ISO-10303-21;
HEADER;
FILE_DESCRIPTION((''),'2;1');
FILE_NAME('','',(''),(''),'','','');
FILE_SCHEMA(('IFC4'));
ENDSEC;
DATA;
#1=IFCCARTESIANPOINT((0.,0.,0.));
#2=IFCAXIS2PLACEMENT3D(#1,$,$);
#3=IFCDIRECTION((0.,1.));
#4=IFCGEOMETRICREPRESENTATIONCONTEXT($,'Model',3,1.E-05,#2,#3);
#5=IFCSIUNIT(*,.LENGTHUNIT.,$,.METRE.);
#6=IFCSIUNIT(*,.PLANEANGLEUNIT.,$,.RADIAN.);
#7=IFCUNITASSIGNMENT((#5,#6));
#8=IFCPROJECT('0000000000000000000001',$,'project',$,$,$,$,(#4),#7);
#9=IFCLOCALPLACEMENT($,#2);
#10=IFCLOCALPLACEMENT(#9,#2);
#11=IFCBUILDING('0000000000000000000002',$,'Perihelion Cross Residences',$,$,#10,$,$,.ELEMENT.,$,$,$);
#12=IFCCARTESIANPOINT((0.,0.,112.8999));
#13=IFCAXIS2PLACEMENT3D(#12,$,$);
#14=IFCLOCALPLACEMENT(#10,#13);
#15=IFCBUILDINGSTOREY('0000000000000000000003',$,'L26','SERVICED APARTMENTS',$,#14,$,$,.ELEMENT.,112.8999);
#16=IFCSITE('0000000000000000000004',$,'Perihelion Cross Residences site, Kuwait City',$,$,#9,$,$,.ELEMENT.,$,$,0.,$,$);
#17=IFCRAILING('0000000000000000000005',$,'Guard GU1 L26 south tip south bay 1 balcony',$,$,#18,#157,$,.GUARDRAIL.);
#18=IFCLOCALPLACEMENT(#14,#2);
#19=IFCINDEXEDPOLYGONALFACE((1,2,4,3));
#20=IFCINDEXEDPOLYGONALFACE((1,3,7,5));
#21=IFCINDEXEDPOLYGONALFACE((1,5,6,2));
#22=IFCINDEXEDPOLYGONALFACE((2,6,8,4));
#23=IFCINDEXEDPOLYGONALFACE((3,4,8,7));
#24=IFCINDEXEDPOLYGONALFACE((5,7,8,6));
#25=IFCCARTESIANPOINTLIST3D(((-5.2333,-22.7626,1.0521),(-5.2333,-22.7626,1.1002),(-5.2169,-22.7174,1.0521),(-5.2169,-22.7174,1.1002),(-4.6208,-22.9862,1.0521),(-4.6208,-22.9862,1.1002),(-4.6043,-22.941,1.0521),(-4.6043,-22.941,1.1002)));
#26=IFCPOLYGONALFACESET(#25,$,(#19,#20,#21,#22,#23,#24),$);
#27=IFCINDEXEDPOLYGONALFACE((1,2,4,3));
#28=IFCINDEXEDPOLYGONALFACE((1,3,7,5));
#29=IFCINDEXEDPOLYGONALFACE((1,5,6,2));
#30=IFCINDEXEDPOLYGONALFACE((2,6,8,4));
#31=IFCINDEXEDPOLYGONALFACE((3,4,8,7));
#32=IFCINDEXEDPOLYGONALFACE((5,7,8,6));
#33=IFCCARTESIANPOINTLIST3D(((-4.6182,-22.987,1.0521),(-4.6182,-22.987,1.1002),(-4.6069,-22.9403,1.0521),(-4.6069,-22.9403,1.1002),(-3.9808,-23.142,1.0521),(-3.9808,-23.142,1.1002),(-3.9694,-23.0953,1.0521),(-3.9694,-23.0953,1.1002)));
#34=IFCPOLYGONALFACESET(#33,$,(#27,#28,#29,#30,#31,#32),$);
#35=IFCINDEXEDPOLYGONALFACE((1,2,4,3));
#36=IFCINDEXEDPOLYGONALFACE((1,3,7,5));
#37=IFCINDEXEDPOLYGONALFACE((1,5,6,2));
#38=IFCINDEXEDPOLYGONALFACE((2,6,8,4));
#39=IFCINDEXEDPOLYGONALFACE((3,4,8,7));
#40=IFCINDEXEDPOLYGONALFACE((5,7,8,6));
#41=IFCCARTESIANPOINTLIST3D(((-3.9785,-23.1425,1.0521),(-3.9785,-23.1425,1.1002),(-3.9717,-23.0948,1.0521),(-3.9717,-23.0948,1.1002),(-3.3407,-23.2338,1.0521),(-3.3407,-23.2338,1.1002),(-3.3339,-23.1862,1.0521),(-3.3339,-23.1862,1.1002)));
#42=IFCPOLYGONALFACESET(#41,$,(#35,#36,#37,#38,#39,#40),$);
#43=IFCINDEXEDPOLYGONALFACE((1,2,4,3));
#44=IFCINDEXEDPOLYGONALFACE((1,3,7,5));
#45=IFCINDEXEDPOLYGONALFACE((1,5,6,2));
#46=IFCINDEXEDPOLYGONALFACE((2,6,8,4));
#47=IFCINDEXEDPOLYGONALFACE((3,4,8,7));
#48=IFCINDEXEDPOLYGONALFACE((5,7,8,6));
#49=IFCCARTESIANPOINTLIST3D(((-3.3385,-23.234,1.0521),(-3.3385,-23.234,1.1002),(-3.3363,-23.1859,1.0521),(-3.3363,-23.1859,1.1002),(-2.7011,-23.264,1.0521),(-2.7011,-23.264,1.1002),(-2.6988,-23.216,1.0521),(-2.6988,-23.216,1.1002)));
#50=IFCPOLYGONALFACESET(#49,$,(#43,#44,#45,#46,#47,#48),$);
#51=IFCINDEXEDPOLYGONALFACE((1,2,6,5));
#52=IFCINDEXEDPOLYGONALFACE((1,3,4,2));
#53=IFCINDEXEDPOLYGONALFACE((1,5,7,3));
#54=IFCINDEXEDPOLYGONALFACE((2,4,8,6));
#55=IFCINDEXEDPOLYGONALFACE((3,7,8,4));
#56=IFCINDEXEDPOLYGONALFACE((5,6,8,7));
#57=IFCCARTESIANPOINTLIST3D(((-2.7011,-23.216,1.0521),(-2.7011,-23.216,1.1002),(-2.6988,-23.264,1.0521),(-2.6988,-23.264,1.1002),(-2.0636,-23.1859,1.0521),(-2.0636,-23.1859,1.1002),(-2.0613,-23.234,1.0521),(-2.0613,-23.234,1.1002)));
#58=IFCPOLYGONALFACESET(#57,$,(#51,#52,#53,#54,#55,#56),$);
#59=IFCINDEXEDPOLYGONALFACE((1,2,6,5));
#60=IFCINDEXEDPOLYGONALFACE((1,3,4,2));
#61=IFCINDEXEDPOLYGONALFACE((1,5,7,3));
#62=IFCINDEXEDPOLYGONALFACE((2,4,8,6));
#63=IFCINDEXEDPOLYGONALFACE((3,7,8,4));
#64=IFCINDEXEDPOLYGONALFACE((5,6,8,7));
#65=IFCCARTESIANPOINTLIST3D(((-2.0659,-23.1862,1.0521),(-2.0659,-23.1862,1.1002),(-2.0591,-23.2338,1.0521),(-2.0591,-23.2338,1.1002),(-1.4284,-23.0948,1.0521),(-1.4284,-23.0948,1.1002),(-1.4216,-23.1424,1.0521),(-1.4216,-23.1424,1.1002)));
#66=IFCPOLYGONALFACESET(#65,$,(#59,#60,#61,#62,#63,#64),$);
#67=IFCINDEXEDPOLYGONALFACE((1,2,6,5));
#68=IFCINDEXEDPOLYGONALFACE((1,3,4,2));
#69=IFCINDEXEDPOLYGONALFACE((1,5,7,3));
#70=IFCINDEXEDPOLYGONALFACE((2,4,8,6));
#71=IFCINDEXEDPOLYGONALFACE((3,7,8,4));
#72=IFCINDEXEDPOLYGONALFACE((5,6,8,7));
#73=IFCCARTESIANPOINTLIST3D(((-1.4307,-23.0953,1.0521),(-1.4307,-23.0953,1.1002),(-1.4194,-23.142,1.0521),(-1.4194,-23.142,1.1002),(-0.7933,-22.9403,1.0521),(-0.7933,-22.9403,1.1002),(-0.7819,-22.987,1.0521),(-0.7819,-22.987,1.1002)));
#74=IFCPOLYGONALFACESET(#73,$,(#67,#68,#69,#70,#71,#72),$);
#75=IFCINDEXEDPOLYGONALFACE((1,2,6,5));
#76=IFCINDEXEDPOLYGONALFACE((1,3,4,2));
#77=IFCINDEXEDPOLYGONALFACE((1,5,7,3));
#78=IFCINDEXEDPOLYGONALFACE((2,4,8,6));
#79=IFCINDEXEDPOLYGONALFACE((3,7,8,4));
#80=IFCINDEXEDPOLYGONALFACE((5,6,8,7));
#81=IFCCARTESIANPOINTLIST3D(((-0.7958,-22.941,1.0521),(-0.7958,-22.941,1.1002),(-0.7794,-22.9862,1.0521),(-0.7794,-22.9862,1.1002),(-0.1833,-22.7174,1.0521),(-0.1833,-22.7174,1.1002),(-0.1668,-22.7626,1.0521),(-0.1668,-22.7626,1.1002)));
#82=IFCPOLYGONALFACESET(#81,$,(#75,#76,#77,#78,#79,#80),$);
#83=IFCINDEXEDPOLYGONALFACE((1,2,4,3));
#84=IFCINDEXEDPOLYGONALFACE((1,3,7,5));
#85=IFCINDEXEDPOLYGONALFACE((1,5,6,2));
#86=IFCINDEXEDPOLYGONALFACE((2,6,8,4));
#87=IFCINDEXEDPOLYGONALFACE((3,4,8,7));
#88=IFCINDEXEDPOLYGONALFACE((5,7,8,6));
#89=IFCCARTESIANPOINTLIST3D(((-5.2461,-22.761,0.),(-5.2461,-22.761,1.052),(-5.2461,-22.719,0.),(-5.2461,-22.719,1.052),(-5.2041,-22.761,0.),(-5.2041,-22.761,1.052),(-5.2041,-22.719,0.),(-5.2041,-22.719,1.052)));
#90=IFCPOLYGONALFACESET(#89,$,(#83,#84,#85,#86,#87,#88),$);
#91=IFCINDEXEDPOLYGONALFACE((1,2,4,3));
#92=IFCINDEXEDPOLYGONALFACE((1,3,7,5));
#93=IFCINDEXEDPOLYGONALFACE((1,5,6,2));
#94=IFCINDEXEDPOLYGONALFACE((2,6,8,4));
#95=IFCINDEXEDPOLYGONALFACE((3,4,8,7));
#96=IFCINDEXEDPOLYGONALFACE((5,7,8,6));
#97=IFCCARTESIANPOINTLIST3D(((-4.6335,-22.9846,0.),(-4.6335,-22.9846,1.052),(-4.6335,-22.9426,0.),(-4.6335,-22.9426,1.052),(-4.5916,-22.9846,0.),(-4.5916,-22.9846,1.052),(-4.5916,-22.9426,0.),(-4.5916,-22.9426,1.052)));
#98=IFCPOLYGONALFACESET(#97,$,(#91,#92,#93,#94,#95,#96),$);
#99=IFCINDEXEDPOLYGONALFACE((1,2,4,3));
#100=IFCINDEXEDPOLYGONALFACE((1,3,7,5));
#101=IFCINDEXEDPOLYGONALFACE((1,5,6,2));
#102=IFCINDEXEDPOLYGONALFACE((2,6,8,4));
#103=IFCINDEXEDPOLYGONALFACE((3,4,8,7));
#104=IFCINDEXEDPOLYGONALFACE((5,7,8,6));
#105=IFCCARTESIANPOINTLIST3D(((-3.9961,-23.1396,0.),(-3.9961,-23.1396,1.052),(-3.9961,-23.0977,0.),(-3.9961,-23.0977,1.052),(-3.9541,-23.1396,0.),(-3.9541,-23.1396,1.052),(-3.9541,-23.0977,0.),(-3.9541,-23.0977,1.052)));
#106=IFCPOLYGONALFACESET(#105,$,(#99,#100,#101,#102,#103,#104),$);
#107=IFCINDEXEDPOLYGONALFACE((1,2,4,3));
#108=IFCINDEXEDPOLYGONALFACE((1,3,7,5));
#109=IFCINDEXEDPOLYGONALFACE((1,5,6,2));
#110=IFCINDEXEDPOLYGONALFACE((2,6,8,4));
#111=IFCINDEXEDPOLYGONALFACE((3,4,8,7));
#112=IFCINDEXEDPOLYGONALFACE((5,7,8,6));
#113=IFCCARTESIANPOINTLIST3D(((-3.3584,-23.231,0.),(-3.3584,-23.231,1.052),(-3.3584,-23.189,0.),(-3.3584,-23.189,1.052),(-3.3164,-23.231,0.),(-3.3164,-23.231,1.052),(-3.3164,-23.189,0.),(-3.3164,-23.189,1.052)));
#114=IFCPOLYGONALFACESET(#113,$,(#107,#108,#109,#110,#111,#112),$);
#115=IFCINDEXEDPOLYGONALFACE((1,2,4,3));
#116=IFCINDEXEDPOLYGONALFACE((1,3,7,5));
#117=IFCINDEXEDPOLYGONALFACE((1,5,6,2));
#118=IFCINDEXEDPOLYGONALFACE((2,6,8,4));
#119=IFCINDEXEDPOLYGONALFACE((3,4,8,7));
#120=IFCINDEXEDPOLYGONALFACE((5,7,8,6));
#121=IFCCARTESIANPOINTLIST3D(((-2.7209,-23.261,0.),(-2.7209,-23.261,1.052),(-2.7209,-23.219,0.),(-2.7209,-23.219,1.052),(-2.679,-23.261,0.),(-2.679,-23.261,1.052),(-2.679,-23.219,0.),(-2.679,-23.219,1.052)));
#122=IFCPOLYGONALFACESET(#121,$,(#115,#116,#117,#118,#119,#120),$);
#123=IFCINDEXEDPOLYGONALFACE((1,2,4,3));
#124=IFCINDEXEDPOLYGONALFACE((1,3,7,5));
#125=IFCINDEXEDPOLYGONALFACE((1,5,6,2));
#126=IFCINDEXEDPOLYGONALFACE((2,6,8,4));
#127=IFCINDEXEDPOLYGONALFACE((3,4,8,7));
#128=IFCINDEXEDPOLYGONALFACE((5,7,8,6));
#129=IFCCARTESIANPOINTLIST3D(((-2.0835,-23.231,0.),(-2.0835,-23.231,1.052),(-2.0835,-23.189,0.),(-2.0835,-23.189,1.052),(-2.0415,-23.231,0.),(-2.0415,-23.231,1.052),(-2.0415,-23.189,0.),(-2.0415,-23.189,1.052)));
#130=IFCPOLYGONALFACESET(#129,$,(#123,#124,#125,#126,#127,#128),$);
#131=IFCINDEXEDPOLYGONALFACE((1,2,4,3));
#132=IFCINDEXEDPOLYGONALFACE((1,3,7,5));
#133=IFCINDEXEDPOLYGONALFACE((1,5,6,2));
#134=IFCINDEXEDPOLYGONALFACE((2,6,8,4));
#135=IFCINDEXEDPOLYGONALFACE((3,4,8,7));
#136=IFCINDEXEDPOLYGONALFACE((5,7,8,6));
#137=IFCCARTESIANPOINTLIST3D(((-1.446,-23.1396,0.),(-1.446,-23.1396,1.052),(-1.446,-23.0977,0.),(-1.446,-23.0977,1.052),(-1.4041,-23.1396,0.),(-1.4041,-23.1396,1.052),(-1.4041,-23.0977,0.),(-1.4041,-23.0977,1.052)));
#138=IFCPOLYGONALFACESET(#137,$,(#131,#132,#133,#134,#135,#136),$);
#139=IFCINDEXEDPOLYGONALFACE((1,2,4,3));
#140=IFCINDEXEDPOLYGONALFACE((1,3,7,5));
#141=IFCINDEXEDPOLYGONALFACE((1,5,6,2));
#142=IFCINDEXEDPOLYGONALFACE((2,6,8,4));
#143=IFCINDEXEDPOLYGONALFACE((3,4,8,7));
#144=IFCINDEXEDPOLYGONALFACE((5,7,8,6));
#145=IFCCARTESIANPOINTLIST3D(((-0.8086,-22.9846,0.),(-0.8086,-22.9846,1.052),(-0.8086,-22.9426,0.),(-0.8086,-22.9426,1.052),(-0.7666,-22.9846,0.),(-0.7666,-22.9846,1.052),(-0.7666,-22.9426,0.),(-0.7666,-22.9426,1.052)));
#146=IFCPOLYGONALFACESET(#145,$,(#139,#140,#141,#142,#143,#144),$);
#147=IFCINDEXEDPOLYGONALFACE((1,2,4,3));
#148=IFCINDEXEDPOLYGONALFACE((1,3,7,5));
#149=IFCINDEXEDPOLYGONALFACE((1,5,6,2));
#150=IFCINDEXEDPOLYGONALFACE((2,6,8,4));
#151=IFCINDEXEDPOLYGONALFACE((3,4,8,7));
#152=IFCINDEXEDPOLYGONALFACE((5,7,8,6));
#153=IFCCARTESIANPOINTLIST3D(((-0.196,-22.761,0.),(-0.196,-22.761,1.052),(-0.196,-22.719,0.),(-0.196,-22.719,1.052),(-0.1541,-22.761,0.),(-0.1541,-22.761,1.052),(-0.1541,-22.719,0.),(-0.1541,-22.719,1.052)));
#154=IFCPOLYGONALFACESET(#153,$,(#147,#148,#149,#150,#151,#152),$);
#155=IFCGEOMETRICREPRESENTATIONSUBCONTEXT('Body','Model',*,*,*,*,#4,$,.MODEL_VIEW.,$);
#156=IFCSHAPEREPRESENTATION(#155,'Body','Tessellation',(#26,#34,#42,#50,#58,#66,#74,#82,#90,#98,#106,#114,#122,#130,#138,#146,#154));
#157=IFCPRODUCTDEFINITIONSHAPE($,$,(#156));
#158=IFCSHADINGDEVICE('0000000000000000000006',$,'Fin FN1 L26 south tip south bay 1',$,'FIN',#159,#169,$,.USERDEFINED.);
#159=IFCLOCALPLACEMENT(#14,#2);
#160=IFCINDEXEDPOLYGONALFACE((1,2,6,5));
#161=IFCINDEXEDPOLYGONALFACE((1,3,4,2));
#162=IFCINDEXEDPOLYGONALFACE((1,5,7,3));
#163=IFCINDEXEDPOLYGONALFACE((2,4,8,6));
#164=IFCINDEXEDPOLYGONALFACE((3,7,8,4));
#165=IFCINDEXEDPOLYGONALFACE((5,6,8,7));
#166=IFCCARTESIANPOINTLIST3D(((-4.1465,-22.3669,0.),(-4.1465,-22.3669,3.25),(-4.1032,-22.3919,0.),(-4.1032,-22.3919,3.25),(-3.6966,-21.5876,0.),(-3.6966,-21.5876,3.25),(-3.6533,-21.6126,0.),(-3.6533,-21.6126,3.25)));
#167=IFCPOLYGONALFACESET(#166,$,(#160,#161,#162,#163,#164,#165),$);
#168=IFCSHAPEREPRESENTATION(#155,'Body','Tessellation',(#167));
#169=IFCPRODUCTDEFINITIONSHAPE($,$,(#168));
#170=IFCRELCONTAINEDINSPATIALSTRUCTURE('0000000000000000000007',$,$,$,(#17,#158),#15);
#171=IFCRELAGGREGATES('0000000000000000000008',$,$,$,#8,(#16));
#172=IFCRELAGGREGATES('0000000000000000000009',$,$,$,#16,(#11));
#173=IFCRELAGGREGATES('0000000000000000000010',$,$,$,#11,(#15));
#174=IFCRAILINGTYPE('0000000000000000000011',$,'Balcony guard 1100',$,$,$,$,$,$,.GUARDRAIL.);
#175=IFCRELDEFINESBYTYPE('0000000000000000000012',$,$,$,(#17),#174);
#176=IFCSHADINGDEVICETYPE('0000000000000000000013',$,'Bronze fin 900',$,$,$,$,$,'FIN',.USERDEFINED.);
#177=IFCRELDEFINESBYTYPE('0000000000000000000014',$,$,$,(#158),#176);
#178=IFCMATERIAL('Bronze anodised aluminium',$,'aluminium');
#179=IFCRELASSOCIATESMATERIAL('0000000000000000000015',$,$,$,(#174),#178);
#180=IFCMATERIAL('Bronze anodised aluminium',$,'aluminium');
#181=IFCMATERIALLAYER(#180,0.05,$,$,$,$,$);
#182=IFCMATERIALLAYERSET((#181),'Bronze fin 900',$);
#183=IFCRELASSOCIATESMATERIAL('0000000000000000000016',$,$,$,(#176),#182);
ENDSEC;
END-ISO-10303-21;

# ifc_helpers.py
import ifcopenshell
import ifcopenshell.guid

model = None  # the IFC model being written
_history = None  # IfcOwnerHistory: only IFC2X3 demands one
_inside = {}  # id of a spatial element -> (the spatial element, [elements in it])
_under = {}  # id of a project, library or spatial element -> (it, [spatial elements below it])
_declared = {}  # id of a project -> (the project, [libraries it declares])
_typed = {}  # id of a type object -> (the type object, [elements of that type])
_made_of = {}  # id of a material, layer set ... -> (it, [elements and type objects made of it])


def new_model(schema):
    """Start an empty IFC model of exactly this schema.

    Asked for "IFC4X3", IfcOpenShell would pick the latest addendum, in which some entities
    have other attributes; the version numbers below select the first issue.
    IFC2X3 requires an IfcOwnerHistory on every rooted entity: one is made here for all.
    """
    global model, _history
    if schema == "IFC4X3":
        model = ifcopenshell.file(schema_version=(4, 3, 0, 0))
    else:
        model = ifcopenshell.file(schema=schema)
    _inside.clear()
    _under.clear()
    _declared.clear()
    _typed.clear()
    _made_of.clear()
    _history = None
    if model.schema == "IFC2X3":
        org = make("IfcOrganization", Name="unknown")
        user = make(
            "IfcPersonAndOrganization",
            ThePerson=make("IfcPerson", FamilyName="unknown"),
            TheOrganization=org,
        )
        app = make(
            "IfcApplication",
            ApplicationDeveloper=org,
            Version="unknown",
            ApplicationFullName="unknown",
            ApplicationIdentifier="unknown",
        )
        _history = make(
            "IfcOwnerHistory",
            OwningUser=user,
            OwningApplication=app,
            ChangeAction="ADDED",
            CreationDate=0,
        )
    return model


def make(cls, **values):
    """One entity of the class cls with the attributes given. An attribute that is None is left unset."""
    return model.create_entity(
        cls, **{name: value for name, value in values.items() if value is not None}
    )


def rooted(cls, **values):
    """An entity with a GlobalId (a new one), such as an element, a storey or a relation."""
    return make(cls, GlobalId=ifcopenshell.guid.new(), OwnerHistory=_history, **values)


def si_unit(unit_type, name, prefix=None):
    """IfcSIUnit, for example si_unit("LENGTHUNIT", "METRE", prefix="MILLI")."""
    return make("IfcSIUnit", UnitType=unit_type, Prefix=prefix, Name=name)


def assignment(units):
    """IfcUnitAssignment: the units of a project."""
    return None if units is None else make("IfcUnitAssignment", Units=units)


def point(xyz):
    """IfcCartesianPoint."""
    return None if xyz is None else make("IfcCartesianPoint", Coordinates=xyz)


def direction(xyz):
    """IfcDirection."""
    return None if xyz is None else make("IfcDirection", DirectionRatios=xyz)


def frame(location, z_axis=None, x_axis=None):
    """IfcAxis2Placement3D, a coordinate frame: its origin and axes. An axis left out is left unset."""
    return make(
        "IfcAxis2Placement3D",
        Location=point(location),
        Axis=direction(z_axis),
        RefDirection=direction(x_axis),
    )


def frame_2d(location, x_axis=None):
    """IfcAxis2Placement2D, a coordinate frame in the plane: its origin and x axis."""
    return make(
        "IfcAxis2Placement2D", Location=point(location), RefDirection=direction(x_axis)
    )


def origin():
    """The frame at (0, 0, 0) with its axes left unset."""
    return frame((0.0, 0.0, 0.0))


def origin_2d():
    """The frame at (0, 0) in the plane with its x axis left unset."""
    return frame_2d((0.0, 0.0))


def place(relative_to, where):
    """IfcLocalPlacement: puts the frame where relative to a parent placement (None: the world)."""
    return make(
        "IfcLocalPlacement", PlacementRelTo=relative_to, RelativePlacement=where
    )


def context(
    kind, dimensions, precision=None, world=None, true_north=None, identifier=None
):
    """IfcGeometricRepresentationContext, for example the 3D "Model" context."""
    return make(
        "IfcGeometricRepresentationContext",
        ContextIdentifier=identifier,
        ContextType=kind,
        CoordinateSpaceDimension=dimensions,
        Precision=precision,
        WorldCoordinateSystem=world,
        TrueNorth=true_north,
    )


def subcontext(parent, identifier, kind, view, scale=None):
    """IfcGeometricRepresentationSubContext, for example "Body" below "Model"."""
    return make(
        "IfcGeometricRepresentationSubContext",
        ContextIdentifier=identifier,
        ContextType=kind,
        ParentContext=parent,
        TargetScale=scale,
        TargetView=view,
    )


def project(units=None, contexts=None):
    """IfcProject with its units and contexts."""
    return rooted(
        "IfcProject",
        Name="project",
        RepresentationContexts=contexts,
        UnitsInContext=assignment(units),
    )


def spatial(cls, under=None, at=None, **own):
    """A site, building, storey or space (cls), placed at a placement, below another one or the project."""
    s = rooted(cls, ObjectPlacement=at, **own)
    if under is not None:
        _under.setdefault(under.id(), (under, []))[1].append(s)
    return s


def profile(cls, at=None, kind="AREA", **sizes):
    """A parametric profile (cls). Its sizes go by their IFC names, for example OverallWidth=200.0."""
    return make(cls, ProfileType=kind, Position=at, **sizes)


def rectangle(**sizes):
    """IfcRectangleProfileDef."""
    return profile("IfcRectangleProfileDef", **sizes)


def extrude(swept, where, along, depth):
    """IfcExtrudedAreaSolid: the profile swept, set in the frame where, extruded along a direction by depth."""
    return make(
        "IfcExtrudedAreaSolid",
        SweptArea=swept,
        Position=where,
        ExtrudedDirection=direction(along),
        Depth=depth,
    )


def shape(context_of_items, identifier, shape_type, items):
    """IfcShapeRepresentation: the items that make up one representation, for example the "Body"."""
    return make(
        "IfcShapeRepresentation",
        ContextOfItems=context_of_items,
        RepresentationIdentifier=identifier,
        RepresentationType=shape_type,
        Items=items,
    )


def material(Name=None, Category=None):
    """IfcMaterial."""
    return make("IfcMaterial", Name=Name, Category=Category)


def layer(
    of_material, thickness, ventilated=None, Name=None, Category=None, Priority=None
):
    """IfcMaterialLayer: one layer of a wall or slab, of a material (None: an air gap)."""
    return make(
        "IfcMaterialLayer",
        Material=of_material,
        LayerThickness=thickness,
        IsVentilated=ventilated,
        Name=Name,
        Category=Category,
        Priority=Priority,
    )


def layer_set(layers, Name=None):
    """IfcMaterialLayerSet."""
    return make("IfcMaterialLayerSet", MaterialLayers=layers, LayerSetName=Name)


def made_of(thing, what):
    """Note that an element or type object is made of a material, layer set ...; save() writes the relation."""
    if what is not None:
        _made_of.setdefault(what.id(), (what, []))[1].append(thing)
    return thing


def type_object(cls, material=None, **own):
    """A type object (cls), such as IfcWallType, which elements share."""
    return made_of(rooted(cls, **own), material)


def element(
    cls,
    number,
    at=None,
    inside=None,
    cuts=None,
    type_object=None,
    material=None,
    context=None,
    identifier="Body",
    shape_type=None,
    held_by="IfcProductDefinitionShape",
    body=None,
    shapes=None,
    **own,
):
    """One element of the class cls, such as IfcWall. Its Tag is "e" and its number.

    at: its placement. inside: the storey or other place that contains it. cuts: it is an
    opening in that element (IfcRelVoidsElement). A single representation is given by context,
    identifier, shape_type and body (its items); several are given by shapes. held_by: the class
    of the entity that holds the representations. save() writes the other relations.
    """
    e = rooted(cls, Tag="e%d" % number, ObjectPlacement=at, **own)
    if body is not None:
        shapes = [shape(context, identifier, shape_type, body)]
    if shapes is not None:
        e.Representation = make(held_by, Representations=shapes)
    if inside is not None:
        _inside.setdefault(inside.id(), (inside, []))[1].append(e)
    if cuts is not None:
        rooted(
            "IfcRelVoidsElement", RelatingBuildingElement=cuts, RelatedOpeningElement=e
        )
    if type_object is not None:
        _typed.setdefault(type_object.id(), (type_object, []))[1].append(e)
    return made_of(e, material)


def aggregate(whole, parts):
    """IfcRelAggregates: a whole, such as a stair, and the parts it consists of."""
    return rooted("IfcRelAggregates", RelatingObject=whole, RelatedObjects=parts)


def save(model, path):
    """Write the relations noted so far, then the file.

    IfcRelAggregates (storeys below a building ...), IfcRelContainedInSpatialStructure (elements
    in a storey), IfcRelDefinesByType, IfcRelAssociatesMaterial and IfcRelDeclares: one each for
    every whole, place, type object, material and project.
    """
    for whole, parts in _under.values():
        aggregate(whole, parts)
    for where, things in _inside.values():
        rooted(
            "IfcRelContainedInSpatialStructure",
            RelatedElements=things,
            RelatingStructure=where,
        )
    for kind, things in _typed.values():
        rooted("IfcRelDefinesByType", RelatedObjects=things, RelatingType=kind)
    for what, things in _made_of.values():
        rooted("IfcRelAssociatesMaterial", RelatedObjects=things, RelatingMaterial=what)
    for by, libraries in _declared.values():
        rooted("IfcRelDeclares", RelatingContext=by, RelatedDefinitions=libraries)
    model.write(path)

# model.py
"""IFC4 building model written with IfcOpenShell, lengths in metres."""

from ifc_helpers import new_model, si_unit, direction, frame, origin, origin_2d, place, context, subcontext, project, spatial, rectangle, extrude, material, layer, layer_set, type_object, element, save


model = new_model("IFC4")

# Units and contexts
model_context = context("Model", 3, precision=1e-05, world=origin(), true_north=direction((0.0, 1.0)))
body_context = subcontext(model_context, "Body", "Model", "MODEL_VIEW")
ifc_project = project(units=[si_unit("LENGTHUNIT", "METRE"), si_unit("PLANEANGLEUNIT", "RADIAN")], contexts=[model_context])

# Site, building, storey
site_placement = place(None, origin())
site = spatial("IfcSite", under=ifc_project, at=site_placement, Name="Perihelion Cross Residences site, Kuwait City", CompositionType="ELEMENT", RefElevation=0.0)
building_placement = place(site_placement, origin())
building = spatial("IfcBuilding", under=site, at=building_placement, Name="Perihelion Cross Residences", CompositionType="ELEMENT")
storey_placement = place(building_placement, frame((0.0, 0.0, 112.8999)))
storey = spatial("IfcBuildingStorey", under=building, at=storey_placement, Name="L26", Description="SERVICED APARTMENTS", CompositionType="ELEMENT", Elevation=112.8999)

# Railing
ifc_material_1 = material(Name="Bronze anodised aluminium", Category="aluminium")
railing_type = type_object("IfcRailingType", Name="Balcony guard 1100", PredefinedType="GUARDRAIL", material=ifc_material_1)
railing_1_placement = place(storey_placement, frame((-5.2251, -22.74, 0.0)))
element("IfcRailing", 1, at=railing_1_placement, inside=storey, type_object=railing_type, Name="Guard GU1 L26 south tip south bay 1 balcony", PredefinedType="GUARDRAIL", context=body_context, shape_type="SweptSolid", body=[
    extrude(rectangle(XDim=0.0481, YDim=0.0481, at=origin_2d()), frame((0.0, 0.0, 1.0762), z_axis=(0.939355, -0.342945, 0.0), x_axis=(0.342945, 0.939355, 0.0)), (0.0, 0.0, 1.0), 0.6521),
    extrude(rectangle(XDim=0.0481, YDim=0.0481, at=origin_2d()), frame((0.6125, -0.2236, 1.0762), z_axis=(0.971677, -0.236314, 0.0), x_axis=(0.236314, 0.971677, 0.0)), (0.0, 0.0, 1.0), 0.656),
    extrude(rectangle(XDim=0.0481, YDim=0.0481, at=origin_2d()), frame((1.25, -0.3787, 1.0762), z_axis=(0.989904, -0.14174, 0.0), x_axis=(0.14174, 0.989904, 0.0)), (0.0, 0.0, 1.0), 0.6443),
    extrude(rectangle(XDim=0.0481, YDim=0.0481, at=origin_2d()), frame((1.8877, -0.47, 1.0762), z_axis=(0.998892, -0.047056, 0.0), x_axis=(0.047056, 0.998892, 0.0)), (0.0, 0.0, 1.0), 0.6382),
    extrude(rectangle(XDim=0.0481, YDim=0.0481, at=origin_2d()), frame((2.5251, -0.5, 1.0762), z_axis=(0.998892, 0.047056, 0.0), x_axis=(-0.047056, 0.998892, 0.0)), (0.0, 0.0, 1.0), 0.6382),
    extrude(rectangle(XDim=0.0481, YDim=0.0481, at=origin_2d()), frame((3.1626, -0.47, 1.0762), z_axis=(0.989896, 0.141793, 0.0), x_axis=(-0.141793, 0.989896, 0.0)), (0.0, 0.0, 1.0), 0.644),
    extrude(rectangle(XDim=0.0481, YDim=0.0481, at=origin_2d()), frame((3.8, -0.3787, 1.0762), z_axis=(0.971677, 0.236314, 0.0), x_axis=(-0.236314, 0.971677, 0.0)), (0.0, 0.0, 1.0), 0.656),
    extrude(rectangle(XDim=0.0481, YDim=0.0481, at=origin_2d()), frame((4.4375, -0.2236, 1.0762), z_axis=(0.939355, 0.342945, 0.0), x_axis=(-0.342945, 0.939355, 0.0)), (0.0, 0.0, 1.0), 0.6521),
    extrude(rectangle(XDim=0.042, YDim=0.042, at=origin_2d()), origin(), (0.0, 0.0, 1.0), 1.052),
    extrude(rectangle(XDim=0.042, YDim=0.042, at=origin_2d()), frame((0.6125, -0.2236, 0.0)), (0.0, 0.0, 1.0), 1.052),
    extrude(rectangle(XDim=0.042, YDim=0.042, at=origin_2d()), frame((1.25, -0.3787, 0.0)), (0.0, 0.0, 1.0), 1.052),
    extrude(rectangle(XDim=0.042, YDim=0.042, at=origin_2d()), frame((1.8877, -0.47, 0.0)), (0.0, 0.0, 1.0), 1.052),
    extrude(rectangle(XDim=0.042, YDim=0.042, at=origin_2d()), frame((2.5251, -0.5, 0.0)), (0.0, 0.0, 1.0), 1.052),
    extrude(rectangle(XDim=0.042, YDim=0.042, at=origin_2d()), frame((3.1626, -0.47, 0.0)), (0.0, 0.0, 1.0), 1.052),
    extrude(rectangle(XDim=0.042, YDim=0.042, at=origin_2d()), frame((3.8, -0.3787, 0.0)), (0.0, 0.0, 1.0), 1.052),
    extrude(rectangle(XDim=0.042, YDim=0.042, at=origin_2d()), frame((4.4375, -0.2236, 0.0)), (0.0, 0.0, 1.0), 1.052),
    extrude(rectangle(XDim=0.042, YDim=0.042, at=origin_2d()), frame((5.05, 0.0, 0.0)), (0.0, 0.0, 1.0), 1.052),
])

# Shading device
ifc_material_2 = material(Name="Bronze anodised aluminium", Category="aluminium")
ifc_layer_1 = layer(ifc_material_2, 0.05)
ifc_layer_set_1 = layer_set([ifc_layer_1], Name="Bronze fin 900")
shading_device_type = type_object("IfcShadingDeviceType", Name="Bronze fin 900", ElementType="FIN", PredefinedType="USERDEFINED", material=ifc_layer_set_1)
shading_device_placement = place(storey_placement, frame((-3.8999, -21.9897, 0.0), z_axis=(0.0, 0.0, 1.0), x_axis=(-0.5, -0.866025, 0.0)))
element("IfcShadingDevice", 2, at=shading_device_placement, inside=storey, type_object=shading_device_type, Name="Fin FN1 L26 south tip south bay 1", ObjectType="FIN", PredefinedType="USERDEFINED", context=body_context, shape_type="SweptSolid", body=[
    extrude(rectangle(XDim=0.8999, YDim=0.05, at=origin_2d()), origin(), (0.0, 0.0, 1.0), 3.25),
])

save(model, "model.ifc")
